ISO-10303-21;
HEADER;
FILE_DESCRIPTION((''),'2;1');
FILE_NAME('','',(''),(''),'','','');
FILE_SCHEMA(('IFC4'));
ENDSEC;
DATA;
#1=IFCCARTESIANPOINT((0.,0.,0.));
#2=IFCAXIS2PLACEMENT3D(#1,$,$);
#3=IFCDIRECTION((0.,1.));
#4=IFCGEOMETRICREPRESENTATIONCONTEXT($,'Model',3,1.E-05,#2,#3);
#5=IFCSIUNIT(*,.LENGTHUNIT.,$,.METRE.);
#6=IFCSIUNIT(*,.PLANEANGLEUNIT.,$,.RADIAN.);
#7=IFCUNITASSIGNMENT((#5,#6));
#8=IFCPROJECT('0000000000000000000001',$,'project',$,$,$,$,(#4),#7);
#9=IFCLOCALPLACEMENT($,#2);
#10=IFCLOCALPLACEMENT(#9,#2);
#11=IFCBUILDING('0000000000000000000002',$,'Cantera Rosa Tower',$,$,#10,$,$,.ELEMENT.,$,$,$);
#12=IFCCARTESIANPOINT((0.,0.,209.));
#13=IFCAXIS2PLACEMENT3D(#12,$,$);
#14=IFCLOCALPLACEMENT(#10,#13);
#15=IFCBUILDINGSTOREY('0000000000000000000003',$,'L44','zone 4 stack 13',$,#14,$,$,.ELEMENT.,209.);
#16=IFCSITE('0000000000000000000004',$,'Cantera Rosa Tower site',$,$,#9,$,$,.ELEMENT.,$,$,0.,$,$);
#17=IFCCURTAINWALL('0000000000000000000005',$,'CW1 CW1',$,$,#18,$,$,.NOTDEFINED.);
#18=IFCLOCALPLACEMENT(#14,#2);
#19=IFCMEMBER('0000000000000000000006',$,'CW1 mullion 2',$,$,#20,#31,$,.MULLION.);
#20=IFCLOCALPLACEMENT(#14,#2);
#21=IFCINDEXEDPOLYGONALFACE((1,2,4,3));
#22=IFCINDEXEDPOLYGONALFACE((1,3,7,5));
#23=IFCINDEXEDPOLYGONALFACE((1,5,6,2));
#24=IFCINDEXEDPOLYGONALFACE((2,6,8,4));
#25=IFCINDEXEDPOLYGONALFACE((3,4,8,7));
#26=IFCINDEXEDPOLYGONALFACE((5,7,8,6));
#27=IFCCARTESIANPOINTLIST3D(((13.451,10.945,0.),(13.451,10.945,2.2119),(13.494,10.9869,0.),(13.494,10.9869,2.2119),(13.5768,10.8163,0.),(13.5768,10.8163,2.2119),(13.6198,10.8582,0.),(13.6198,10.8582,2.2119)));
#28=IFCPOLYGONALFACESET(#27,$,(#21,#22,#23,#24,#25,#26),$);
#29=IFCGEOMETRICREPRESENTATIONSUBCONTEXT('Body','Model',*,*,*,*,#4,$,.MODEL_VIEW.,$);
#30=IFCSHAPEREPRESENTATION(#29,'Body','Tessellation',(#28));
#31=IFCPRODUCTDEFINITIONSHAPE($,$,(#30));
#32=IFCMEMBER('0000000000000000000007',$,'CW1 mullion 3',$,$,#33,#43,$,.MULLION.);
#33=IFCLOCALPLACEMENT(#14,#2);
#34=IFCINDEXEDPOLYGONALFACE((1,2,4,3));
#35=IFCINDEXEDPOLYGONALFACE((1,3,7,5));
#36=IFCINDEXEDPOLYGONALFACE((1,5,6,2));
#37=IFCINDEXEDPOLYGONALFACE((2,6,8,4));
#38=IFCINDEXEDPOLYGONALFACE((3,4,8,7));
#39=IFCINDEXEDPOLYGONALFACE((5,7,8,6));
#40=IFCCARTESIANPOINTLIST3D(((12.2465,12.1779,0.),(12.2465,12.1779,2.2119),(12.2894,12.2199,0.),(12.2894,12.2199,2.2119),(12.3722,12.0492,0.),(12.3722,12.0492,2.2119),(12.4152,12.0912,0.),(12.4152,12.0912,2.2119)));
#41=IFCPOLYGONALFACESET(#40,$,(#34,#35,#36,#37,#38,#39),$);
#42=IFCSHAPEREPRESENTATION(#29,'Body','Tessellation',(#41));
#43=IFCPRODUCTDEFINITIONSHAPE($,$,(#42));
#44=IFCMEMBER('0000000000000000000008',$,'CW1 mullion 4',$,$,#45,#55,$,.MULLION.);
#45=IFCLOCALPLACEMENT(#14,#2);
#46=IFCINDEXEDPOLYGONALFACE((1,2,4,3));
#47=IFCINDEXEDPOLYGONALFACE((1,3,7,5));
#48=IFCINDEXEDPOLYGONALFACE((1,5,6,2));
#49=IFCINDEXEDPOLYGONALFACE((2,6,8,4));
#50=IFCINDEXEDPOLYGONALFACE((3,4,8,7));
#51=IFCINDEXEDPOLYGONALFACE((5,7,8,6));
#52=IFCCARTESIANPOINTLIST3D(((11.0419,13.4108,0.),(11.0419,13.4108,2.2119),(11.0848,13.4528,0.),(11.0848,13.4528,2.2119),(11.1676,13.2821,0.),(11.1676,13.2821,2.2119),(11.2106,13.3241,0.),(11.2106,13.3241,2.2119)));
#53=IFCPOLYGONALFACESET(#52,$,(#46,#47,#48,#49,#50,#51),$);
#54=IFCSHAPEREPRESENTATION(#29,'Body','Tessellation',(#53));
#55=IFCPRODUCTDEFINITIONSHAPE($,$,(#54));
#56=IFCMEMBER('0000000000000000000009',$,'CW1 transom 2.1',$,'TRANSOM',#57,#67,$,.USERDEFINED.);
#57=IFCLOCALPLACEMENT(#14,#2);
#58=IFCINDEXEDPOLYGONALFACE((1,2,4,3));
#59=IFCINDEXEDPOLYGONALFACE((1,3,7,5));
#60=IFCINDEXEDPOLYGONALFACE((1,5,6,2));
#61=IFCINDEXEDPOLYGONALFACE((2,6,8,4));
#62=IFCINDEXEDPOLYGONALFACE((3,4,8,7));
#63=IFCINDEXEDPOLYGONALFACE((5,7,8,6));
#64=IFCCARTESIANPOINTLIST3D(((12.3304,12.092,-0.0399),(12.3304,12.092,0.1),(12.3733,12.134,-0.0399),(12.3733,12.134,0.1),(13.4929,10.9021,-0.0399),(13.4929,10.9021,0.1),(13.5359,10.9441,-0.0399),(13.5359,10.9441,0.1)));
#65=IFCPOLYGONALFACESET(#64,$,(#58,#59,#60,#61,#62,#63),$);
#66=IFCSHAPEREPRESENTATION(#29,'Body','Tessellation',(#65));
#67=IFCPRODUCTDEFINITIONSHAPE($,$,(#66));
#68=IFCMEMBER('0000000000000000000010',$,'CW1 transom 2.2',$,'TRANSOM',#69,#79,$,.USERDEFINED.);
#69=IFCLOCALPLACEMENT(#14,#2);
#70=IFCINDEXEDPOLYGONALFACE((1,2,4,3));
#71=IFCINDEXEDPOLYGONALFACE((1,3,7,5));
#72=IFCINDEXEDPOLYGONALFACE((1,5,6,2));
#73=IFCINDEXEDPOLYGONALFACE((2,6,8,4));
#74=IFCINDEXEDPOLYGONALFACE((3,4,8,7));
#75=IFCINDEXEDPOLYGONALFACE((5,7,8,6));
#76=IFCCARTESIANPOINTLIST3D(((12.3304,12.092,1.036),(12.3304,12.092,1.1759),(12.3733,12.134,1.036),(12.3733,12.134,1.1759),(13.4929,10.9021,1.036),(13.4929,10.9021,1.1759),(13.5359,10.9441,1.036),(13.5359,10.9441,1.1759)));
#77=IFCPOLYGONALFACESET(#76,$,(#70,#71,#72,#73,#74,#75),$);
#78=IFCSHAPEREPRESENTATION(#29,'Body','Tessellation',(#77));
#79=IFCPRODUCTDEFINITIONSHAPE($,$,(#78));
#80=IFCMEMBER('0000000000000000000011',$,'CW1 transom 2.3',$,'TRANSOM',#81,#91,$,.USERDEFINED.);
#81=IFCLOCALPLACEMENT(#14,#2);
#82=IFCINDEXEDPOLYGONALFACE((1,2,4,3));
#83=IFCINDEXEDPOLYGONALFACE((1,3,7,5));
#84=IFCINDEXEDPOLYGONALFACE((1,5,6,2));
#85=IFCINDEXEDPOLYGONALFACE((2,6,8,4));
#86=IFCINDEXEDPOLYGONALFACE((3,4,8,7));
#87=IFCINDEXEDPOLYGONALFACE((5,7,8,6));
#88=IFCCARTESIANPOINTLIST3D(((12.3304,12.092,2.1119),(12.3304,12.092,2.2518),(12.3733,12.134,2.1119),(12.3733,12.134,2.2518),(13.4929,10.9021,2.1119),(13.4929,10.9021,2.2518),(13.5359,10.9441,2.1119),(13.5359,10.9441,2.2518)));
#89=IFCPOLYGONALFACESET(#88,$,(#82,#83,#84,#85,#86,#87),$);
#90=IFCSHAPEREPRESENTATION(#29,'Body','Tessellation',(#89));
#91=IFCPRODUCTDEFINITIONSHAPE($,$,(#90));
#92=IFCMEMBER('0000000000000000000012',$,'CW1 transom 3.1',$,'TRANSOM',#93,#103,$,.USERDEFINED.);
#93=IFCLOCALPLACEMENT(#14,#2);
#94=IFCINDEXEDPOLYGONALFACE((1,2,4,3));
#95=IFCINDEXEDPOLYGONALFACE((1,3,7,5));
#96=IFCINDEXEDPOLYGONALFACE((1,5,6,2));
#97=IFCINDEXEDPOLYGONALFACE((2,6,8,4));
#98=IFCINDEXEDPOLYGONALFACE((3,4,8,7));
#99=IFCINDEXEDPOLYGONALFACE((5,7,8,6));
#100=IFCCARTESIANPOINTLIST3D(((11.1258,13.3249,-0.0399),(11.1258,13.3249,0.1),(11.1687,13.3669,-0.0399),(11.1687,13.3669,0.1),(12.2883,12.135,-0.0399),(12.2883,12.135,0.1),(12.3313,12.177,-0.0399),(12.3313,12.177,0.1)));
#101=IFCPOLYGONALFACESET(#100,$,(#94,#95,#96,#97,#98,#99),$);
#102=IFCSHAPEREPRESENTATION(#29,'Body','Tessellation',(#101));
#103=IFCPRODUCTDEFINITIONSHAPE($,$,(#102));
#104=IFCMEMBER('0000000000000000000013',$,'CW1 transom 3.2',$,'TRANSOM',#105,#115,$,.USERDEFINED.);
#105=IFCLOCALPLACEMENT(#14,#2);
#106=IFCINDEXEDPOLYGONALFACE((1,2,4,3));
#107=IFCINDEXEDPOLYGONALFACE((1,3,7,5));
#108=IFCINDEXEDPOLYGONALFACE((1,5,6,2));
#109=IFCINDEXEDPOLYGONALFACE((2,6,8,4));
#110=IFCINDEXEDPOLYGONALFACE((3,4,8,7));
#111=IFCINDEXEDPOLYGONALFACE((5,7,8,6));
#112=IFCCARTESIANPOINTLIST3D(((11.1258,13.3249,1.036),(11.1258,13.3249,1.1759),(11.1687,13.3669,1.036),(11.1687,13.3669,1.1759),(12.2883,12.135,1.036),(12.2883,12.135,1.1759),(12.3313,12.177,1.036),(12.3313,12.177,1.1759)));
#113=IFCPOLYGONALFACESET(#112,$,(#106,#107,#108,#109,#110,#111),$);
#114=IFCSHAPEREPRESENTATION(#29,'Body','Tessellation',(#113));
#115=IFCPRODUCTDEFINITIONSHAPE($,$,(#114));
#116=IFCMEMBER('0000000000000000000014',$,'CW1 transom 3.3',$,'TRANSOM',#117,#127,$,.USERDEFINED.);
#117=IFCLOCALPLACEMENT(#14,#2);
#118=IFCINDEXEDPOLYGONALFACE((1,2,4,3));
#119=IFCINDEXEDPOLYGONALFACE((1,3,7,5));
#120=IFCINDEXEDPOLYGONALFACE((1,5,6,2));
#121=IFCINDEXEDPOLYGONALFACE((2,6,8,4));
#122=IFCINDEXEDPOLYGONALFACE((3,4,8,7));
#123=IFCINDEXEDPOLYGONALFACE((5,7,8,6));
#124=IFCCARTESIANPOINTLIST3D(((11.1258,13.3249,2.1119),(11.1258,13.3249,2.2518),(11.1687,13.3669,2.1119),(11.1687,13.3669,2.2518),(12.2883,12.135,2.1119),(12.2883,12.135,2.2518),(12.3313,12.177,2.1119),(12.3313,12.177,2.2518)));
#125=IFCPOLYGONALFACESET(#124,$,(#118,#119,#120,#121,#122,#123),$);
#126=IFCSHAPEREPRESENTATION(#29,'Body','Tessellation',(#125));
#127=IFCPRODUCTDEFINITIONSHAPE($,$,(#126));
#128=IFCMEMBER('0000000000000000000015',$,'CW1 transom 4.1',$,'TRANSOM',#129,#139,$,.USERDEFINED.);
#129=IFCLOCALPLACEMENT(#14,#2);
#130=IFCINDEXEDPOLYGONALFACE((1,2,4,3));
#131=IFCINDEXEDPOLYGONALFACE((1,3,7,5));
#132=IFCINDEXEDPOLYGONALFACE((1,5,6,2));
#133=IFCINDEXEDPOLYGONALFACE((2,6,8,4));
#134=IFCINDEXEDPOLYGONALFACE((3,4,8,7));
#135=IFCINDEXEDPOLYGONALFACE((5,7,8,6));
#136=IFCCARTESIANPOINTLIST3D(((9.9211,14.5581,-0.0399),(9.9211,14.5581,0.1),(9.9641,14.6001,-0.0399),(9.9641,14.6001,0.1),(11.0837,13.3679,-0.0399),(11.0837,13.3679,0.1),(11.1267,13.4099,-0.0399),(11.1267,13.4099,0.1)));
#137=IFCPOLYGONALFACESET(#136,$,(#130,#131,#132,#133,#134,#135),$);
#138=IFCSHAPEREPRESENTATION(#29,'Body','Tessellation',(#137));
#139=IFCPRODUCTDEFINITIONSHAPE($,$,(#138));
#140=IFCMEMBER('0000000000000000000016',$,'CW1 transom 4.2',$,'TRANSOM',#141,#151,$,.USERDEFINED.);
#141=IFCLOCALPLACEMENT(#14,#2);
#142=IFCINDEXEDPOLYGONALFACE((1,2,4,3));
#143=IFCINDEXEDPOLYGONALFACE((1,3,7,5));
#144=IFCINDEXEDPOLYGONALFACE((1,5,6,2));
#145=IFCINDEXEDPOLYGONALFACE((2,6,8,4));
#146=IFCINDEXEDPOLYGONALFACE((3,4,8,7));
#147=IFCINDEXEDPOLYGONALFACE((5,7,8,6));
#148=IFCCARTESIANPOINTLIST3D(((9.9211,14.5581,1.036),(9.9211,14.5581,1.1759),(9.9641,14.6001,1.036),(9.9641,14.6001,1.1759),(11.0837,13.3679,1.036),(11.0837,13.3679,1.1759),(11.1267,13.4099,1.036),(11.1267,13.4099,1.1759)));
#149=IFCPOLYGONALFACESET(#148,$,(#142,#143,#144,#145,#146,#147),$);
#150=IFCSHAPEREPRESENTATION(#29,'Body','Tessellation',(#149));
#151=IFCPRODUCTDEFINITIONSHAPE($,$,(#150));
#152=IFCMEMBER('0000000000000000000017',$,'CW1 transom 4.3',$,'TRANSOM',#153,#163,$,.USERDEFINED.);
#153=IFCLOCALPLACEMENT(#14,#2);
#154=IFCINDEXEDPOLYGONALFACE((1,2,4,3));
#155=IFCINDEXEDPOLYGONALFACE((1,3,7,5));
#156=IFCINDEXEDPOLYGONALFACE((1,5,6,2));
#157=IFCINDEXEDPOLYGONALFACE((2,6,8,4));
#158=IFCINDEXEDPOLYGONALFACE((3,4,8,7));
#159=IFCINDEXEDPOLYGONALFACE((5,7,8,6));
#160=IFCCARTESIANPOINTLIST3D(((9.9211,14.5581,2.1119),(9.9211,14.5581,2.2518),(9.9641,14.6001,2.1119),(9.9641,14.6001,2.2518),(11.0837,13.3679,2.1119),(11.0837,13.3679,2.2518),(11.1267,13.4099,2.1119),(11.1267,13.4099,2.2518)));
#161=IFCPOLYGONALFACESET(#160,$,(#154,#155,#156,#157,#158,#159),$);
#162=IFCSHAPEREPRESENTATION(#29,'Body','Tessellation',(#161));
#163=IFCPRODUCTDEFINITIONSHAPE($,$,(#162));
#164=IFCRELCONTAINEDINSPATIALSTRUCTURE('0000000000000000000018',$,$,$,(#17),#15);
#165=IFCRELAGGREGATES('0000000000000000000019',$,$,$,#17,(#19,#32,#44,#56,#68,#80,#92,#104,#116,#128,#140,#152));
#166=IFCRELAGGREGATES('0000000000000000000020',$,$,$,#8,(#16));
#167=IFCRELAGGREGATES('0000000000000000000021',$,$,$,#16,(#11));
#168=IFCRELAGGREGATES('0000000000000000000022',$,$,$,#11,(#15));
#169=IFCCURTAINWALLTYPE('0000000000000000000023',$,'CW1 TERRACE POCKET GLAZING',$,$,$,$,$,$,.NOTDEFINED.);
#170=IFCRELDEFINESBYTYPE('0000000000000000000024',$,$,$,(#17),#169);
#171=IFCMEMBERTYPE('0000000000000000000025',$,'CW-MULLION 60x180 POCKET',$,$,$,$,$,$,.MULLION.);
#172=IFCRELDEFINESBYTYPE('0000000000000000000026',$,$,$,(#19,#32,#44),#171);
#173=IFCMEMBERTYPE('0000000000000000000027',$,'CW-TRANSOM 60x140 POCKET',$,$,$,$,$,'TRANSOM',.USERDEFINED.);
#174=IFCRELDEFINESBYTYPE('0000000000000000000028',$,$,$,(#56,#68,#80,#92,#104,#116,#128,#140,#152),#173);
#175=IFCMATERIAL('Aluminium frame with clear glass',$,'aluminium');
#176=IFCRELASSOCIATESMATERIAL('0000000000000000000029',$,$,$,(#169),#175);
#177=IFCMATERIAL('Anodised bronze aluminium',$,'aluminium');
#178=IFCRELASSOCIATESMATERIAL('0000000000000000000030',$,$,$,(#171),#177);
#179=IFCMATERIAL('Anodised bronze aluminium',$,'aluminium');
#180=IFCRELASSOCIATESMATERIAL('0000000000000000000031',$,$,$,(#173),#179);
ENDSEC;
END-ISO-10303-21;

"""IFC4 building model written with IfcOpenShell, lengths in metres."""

from ifc_helpers import new_model, si_unit, direction, frame, origin, origin_2d, place, context, subcontext, project, spatial, rectangle, extrude, material, material_profile, profile_set, type_object, element, aggregate, save


model = new_model("IFC4")

# Units and contexts
model_context = context("Model", 3, precision=1e-05, world=origin(), true_north=direction((0.0, 1.0)))
body_context = subcontext(model_context, "Body", "Model", "MODEL_VIEW")
ifc_project = project(units=[si_unit("LENGTHUNIT", "METRE"), si_unit("PLANEANGLEUNIT", "RADIAN")], contexts=[model_context])

# Site, building, storey
site_placement = place(None, origin())
site = spatial("IfcSite", under=ifc_project, at=site_placement, Name="Cantera Rosa Tower site", CompositionType="ELEMENT", RefElevation=0.0)
building_placement = place(site_placement, origin())
building = spatial("IfcBuilding", under=site, at=building_placement, Name="Cantera Rosa Tower", CompositionType="ELEMENT")
storey_placement = place(building_placement, frame((0.0, 0.0, 209.0)))
storey = spatial("IfcBuildingStorey", under=building, at=storey_placement, Name="L44", Description="zone 4 stack 13", CompositionType="ELEMENT", Elevation=209.0)

# Curtain wall, members
ifc_material_1 = material(Name="Aluminium frame with clear glass", Category="aluminium")
curtain_wall_type = type_object("IfcCurtainWallType", Name="CW1 TERRACE POCKET GLAZING", PredefinedType="NOTDEFINED", material=ifc_material_1)
curtain_wall_placement = place(storey_placement, origin())
curtain_wall = element("IfcCurtainWall", 1, at=curtain_wall_placement, inside=storey, type_object=curtain_wall_type, Name="CW1 CW1", PredefinedType="NOTDEFINED")
ifc_material_2 = material(Name="Anodised bronze aluminium", Category="aluminium")
ifc_material_profile_1 = material_profile(ifc_material_2, rectangle(XDim=0.0601, YDim=0.1799, at=origin_2d()), Name="CW-MULLION 60x180 POCKET")
ifc_profile_set_1 = profile_set([ifc_material_profile_1], Name="Anodised bronze aluminium")
member_type_1 = type_object("IfcMemberType", Name="CW-MULLION 60x180 POCKET", PredefinedType="MULLION", material=ifc_profile_set_1)
member_1_placement = place(storey_placement, frame((13.5354, 10.9016, 0.0), z_axis=(0.0, 0.0, 1.0), x_axis=(-0.715286, -0.698832, 0.0)))
member_1 = element("IfcMember", 2, at=member_1_placement, type_object=member_type_1, Name="CW1 mullion 2", PredefinedType="MULLION", context=body_context, shape_type="SweptSolid", body=[
    extrude(rectangle(XDim=0.0601, YDim=0.1799, at=origin_2d()), origin(), (0.0, 0.0, 1.0), 2.2119),
])
member_2_placement = place(storey_placement, frame((12.3308, 12.1345, 0.0), z_axis=(0.0, 0.0, 1.0), x_axis=(-0.715286, -0.698832, 0.0)))
member_2 = element("IfcMember", 3, at=member_2_placement, type_object=member_type_1, Name="CW1 mullion 3", PredefinedType="MULLION", context=body_context, shape_type="SweptSolid", body=[
    extrude(rectangle(XDim=0.0601, YDim=0.1799, at=origin_2d()), origin(), (0.0, 0.0, 1.0), 2.2119),
])
member_3_placement = place(storey_placement, frame((11.1262, 13.3674, 0.0), z_axis=(0.0, 0.0, 1.0), x_axis=(-0.715286, -0.698832, 0.0)))
member_3 = element("IfcMember", 4, at=member_3_placement, type_object=member_type_1, Name="CW1 mullion 4", PredefinedType="MULLION", context=body_context, shape_type="SweptSolid", body=[
    extrude(rectangle(XDim=0.0601, YDim=0.1799, at=origin_2d()), origin(), (0.0, 0.0, 1.0), 2.2119),
])
ifc_material_3 = material(Name="Anodised bronze aluminium", Category="aluminium")
ifc_material_profile_2 = material_profile(ifc_material_3, rectangle(XDim=0.0601, YDim=0.1399, at=origin_2d()), Name="CW-TRANSOM 60x140 POCKET")
ifc_profile_set_2 = profile_set([ifc_material_profile_2], Name="Anodised bronze aluminium")
member_type_2 = type_object("IfcMemberType", Name="CW-TRANSOM 60x140 POCKET", ElementType="TRANSOM", PredefinedType="USERDEFINED", material=ifc_profile_set_2)
member_4_placement = place(storey_placement, frame((13.5144, 10.9231, 0.03), z_axis=(-0.698841, 0.715277, 0.0), x_axis=(-0.715277, -0.698841, 0.0)))
member_4 = element("IfcMember", 5, at=member_4_placement, type_object=member_type_2, Name="CW1 transom 2.1", ObjectType="TRANSOM", PredefinedType="USERDEFINED", context=body_context, shape_type="SweptSolid", body=[
    extrude(rectangle(XDim=0.0601, YDim=0.1399, at=origin_2d()), origin(), (0.0, 0.0, 1.0), 1.6636),
])
member_5_placement = place(storey_placement, frame((13.5144, 10.9231, 1.106), z_axis=(-0.698841, 0.715277, 0.0), x_axis=(-0.715277, -0.698841, 0.0)))
member_5 = element("IfcMember", 6, at=member_5_placement, type_object=member_type_2, Name="CW1 transom 2.2", ObjectType="TRANSOM", PredefinedType="USERDEFINED", context=body_context, shape_type="SweptSolid", body=[
    extrude(rectangle(XDim=0.0601, YDim=0.1399, at=origin_2d()), origin(), (0.0, 0.0, 1.0), 1.6636),
])
member_6_placement = place(storey_placement, frame((13.5144, 10.9231, 2.1819), z_axis=(-0.698841, 0.715277, 0.0), x_axis=(-0.715277, -0.698841, 0.0)))
member_6 = element("IfcMember", 7, at=member_6_placement, type_object=member_type_2, Name="CW1 transom 2.3", ObjectType="TRANSOM", PredefinedType="USERDEFINED", context=body_context, shape_type="SweptSolid", body=[
    extrude(rectangle(XDim=0.0601, YDim=0.1399, at=origin_2d()), origin(), (0.0, 0.0, 1.0), 1.6636),
])
member_7_placement = place(storey_placement, frame((12.3098, 12.156, 0.03), z_axis=(-0.698841, 0.715277, 0.0), x_axis=(-0.715277, -0.698841, 0.0)))
member_7 = element("IfcMember", 8, at=member_7_placement, type_object=member_type_2, Name="CW1 transom 3.1", ObjectType="TRANSOM", PredefinedType="USERDEFINED", context=body_context, shape_type="SweptSolid", body=[
    extrude(rectangle(XDim=0.0601, YDim=0.1399, at=origin_2d()), origin(), (0.0, 0.0, 1.0), 1.6636),
])
member_8_placement = place(storey_placement, frame((12.3098, 12.156, 1.106), z_axis=(-0.698841, 0.715277, 0.0), x_axis=(-0.715277, -0.698841, 0.0)))
member_8 = element("IfcMember", 9, at=member_8_placement, type_object=member_type_2, Name="CW1 transom 3.2", ObjectType="TRANSOM", PredefinedType="USERDEFINED", context=body_context, shape_type="SweptSolid", body=[
    extrude(rectangle(XDim=0.0601, YDim=0.1399, at=origin_2d()), origin(), (0.0, 0.0, 1.0), 1.6636),
])
member_9_placement = place(storey_placement, frame((12.3098, 12.156, 2.1819), z_axis=(-0.698841, 0.715277, 0.0), x_axis=(-0.715277, -0.698841, 0.0)))
member_9 = element("IfcMember", 10, at=member_9_placement, type_object=member_type_2, Name="CW1 transom 3.3", ObjectType="TRANSOM", PredefinedType="USERDEFINED", context=body_context, shape_type="SweptSolid", body=[
    extrude(rectangle(XDim=0.0601, YDim=0.1399, at=origin_2d()), origin(), (0.0, 0.0, 1.0), 1.6636),
])
member_10_placement = place(storey_placement, frame((11.1052, 13.3889, 0.03), z_axis=(-0.698767, 0.715349, 0.0), x_axis=(-0.715349, -0.698767, 0.0)))
member_10 = element("IfcMember", 11, at=member_10_placement, type_object=member_type_2, Name="CW1 transom 4.1", ObjectType="TRANSOM", PredefinedType="USERDEFINED", context=body_context, shape_type="SweptSolid", body=[
    extrude(rectangle(XDim=0.0601, YDim=0.1399, at=origin_2d()), origin(), (0.0, 0.0, 1.0), 1.6638),
])
member_11_placement = place(storey_placement, frame((11.1052, 13.3889, 1.106), z_axis=(-0.698767, 0.715349, 0.0), x_axis=(-0.715349, -0.698767, 0.0)))
member_11 = element("IfcMember", 12, at=member_11_placement, type_object=member_type_2, Name="CW1 transom 4.2", ObjectType="TRANSOM", PredefinedType="USERDEFINED", context=body_context, shape_type="SweptSolid", body=[
    extrude(rectangle(XDim=0.0601, YDim=0.1399, at=origin_2d()), origin(), (0.0, 0.0, 1.0), 1.6638),
])
member_12_placement = place(storey_placement, frame((11.1052, 13.3889, 2.1819), z_axis=(-0.698767, 0.715349, 0.0), x_axis=(-0.715349, -0.698767, 0.0)))
member_12 = element("IfcMember", 13, at=member_12_placement, type_object=member_type_2, Name="CW1 transom 4.3", ObjectType="TRANSOM", PredefinedType="USERDEFINED", context=body_context, shape_type="SweptSolid", body=[
    extrude(rectangle(XDim=0.0601, YDim=0.1399, at=origin_2d()), origin(), (0.0, 0.0, 1.0), 1.6638),
])

aggregate(curtain_wall, [member_1, member_2, member_3, member_4, member_5, member_6, member_7, member_8, member_9, member_10, member_11, member_12])

save(model, "model.ifc")
